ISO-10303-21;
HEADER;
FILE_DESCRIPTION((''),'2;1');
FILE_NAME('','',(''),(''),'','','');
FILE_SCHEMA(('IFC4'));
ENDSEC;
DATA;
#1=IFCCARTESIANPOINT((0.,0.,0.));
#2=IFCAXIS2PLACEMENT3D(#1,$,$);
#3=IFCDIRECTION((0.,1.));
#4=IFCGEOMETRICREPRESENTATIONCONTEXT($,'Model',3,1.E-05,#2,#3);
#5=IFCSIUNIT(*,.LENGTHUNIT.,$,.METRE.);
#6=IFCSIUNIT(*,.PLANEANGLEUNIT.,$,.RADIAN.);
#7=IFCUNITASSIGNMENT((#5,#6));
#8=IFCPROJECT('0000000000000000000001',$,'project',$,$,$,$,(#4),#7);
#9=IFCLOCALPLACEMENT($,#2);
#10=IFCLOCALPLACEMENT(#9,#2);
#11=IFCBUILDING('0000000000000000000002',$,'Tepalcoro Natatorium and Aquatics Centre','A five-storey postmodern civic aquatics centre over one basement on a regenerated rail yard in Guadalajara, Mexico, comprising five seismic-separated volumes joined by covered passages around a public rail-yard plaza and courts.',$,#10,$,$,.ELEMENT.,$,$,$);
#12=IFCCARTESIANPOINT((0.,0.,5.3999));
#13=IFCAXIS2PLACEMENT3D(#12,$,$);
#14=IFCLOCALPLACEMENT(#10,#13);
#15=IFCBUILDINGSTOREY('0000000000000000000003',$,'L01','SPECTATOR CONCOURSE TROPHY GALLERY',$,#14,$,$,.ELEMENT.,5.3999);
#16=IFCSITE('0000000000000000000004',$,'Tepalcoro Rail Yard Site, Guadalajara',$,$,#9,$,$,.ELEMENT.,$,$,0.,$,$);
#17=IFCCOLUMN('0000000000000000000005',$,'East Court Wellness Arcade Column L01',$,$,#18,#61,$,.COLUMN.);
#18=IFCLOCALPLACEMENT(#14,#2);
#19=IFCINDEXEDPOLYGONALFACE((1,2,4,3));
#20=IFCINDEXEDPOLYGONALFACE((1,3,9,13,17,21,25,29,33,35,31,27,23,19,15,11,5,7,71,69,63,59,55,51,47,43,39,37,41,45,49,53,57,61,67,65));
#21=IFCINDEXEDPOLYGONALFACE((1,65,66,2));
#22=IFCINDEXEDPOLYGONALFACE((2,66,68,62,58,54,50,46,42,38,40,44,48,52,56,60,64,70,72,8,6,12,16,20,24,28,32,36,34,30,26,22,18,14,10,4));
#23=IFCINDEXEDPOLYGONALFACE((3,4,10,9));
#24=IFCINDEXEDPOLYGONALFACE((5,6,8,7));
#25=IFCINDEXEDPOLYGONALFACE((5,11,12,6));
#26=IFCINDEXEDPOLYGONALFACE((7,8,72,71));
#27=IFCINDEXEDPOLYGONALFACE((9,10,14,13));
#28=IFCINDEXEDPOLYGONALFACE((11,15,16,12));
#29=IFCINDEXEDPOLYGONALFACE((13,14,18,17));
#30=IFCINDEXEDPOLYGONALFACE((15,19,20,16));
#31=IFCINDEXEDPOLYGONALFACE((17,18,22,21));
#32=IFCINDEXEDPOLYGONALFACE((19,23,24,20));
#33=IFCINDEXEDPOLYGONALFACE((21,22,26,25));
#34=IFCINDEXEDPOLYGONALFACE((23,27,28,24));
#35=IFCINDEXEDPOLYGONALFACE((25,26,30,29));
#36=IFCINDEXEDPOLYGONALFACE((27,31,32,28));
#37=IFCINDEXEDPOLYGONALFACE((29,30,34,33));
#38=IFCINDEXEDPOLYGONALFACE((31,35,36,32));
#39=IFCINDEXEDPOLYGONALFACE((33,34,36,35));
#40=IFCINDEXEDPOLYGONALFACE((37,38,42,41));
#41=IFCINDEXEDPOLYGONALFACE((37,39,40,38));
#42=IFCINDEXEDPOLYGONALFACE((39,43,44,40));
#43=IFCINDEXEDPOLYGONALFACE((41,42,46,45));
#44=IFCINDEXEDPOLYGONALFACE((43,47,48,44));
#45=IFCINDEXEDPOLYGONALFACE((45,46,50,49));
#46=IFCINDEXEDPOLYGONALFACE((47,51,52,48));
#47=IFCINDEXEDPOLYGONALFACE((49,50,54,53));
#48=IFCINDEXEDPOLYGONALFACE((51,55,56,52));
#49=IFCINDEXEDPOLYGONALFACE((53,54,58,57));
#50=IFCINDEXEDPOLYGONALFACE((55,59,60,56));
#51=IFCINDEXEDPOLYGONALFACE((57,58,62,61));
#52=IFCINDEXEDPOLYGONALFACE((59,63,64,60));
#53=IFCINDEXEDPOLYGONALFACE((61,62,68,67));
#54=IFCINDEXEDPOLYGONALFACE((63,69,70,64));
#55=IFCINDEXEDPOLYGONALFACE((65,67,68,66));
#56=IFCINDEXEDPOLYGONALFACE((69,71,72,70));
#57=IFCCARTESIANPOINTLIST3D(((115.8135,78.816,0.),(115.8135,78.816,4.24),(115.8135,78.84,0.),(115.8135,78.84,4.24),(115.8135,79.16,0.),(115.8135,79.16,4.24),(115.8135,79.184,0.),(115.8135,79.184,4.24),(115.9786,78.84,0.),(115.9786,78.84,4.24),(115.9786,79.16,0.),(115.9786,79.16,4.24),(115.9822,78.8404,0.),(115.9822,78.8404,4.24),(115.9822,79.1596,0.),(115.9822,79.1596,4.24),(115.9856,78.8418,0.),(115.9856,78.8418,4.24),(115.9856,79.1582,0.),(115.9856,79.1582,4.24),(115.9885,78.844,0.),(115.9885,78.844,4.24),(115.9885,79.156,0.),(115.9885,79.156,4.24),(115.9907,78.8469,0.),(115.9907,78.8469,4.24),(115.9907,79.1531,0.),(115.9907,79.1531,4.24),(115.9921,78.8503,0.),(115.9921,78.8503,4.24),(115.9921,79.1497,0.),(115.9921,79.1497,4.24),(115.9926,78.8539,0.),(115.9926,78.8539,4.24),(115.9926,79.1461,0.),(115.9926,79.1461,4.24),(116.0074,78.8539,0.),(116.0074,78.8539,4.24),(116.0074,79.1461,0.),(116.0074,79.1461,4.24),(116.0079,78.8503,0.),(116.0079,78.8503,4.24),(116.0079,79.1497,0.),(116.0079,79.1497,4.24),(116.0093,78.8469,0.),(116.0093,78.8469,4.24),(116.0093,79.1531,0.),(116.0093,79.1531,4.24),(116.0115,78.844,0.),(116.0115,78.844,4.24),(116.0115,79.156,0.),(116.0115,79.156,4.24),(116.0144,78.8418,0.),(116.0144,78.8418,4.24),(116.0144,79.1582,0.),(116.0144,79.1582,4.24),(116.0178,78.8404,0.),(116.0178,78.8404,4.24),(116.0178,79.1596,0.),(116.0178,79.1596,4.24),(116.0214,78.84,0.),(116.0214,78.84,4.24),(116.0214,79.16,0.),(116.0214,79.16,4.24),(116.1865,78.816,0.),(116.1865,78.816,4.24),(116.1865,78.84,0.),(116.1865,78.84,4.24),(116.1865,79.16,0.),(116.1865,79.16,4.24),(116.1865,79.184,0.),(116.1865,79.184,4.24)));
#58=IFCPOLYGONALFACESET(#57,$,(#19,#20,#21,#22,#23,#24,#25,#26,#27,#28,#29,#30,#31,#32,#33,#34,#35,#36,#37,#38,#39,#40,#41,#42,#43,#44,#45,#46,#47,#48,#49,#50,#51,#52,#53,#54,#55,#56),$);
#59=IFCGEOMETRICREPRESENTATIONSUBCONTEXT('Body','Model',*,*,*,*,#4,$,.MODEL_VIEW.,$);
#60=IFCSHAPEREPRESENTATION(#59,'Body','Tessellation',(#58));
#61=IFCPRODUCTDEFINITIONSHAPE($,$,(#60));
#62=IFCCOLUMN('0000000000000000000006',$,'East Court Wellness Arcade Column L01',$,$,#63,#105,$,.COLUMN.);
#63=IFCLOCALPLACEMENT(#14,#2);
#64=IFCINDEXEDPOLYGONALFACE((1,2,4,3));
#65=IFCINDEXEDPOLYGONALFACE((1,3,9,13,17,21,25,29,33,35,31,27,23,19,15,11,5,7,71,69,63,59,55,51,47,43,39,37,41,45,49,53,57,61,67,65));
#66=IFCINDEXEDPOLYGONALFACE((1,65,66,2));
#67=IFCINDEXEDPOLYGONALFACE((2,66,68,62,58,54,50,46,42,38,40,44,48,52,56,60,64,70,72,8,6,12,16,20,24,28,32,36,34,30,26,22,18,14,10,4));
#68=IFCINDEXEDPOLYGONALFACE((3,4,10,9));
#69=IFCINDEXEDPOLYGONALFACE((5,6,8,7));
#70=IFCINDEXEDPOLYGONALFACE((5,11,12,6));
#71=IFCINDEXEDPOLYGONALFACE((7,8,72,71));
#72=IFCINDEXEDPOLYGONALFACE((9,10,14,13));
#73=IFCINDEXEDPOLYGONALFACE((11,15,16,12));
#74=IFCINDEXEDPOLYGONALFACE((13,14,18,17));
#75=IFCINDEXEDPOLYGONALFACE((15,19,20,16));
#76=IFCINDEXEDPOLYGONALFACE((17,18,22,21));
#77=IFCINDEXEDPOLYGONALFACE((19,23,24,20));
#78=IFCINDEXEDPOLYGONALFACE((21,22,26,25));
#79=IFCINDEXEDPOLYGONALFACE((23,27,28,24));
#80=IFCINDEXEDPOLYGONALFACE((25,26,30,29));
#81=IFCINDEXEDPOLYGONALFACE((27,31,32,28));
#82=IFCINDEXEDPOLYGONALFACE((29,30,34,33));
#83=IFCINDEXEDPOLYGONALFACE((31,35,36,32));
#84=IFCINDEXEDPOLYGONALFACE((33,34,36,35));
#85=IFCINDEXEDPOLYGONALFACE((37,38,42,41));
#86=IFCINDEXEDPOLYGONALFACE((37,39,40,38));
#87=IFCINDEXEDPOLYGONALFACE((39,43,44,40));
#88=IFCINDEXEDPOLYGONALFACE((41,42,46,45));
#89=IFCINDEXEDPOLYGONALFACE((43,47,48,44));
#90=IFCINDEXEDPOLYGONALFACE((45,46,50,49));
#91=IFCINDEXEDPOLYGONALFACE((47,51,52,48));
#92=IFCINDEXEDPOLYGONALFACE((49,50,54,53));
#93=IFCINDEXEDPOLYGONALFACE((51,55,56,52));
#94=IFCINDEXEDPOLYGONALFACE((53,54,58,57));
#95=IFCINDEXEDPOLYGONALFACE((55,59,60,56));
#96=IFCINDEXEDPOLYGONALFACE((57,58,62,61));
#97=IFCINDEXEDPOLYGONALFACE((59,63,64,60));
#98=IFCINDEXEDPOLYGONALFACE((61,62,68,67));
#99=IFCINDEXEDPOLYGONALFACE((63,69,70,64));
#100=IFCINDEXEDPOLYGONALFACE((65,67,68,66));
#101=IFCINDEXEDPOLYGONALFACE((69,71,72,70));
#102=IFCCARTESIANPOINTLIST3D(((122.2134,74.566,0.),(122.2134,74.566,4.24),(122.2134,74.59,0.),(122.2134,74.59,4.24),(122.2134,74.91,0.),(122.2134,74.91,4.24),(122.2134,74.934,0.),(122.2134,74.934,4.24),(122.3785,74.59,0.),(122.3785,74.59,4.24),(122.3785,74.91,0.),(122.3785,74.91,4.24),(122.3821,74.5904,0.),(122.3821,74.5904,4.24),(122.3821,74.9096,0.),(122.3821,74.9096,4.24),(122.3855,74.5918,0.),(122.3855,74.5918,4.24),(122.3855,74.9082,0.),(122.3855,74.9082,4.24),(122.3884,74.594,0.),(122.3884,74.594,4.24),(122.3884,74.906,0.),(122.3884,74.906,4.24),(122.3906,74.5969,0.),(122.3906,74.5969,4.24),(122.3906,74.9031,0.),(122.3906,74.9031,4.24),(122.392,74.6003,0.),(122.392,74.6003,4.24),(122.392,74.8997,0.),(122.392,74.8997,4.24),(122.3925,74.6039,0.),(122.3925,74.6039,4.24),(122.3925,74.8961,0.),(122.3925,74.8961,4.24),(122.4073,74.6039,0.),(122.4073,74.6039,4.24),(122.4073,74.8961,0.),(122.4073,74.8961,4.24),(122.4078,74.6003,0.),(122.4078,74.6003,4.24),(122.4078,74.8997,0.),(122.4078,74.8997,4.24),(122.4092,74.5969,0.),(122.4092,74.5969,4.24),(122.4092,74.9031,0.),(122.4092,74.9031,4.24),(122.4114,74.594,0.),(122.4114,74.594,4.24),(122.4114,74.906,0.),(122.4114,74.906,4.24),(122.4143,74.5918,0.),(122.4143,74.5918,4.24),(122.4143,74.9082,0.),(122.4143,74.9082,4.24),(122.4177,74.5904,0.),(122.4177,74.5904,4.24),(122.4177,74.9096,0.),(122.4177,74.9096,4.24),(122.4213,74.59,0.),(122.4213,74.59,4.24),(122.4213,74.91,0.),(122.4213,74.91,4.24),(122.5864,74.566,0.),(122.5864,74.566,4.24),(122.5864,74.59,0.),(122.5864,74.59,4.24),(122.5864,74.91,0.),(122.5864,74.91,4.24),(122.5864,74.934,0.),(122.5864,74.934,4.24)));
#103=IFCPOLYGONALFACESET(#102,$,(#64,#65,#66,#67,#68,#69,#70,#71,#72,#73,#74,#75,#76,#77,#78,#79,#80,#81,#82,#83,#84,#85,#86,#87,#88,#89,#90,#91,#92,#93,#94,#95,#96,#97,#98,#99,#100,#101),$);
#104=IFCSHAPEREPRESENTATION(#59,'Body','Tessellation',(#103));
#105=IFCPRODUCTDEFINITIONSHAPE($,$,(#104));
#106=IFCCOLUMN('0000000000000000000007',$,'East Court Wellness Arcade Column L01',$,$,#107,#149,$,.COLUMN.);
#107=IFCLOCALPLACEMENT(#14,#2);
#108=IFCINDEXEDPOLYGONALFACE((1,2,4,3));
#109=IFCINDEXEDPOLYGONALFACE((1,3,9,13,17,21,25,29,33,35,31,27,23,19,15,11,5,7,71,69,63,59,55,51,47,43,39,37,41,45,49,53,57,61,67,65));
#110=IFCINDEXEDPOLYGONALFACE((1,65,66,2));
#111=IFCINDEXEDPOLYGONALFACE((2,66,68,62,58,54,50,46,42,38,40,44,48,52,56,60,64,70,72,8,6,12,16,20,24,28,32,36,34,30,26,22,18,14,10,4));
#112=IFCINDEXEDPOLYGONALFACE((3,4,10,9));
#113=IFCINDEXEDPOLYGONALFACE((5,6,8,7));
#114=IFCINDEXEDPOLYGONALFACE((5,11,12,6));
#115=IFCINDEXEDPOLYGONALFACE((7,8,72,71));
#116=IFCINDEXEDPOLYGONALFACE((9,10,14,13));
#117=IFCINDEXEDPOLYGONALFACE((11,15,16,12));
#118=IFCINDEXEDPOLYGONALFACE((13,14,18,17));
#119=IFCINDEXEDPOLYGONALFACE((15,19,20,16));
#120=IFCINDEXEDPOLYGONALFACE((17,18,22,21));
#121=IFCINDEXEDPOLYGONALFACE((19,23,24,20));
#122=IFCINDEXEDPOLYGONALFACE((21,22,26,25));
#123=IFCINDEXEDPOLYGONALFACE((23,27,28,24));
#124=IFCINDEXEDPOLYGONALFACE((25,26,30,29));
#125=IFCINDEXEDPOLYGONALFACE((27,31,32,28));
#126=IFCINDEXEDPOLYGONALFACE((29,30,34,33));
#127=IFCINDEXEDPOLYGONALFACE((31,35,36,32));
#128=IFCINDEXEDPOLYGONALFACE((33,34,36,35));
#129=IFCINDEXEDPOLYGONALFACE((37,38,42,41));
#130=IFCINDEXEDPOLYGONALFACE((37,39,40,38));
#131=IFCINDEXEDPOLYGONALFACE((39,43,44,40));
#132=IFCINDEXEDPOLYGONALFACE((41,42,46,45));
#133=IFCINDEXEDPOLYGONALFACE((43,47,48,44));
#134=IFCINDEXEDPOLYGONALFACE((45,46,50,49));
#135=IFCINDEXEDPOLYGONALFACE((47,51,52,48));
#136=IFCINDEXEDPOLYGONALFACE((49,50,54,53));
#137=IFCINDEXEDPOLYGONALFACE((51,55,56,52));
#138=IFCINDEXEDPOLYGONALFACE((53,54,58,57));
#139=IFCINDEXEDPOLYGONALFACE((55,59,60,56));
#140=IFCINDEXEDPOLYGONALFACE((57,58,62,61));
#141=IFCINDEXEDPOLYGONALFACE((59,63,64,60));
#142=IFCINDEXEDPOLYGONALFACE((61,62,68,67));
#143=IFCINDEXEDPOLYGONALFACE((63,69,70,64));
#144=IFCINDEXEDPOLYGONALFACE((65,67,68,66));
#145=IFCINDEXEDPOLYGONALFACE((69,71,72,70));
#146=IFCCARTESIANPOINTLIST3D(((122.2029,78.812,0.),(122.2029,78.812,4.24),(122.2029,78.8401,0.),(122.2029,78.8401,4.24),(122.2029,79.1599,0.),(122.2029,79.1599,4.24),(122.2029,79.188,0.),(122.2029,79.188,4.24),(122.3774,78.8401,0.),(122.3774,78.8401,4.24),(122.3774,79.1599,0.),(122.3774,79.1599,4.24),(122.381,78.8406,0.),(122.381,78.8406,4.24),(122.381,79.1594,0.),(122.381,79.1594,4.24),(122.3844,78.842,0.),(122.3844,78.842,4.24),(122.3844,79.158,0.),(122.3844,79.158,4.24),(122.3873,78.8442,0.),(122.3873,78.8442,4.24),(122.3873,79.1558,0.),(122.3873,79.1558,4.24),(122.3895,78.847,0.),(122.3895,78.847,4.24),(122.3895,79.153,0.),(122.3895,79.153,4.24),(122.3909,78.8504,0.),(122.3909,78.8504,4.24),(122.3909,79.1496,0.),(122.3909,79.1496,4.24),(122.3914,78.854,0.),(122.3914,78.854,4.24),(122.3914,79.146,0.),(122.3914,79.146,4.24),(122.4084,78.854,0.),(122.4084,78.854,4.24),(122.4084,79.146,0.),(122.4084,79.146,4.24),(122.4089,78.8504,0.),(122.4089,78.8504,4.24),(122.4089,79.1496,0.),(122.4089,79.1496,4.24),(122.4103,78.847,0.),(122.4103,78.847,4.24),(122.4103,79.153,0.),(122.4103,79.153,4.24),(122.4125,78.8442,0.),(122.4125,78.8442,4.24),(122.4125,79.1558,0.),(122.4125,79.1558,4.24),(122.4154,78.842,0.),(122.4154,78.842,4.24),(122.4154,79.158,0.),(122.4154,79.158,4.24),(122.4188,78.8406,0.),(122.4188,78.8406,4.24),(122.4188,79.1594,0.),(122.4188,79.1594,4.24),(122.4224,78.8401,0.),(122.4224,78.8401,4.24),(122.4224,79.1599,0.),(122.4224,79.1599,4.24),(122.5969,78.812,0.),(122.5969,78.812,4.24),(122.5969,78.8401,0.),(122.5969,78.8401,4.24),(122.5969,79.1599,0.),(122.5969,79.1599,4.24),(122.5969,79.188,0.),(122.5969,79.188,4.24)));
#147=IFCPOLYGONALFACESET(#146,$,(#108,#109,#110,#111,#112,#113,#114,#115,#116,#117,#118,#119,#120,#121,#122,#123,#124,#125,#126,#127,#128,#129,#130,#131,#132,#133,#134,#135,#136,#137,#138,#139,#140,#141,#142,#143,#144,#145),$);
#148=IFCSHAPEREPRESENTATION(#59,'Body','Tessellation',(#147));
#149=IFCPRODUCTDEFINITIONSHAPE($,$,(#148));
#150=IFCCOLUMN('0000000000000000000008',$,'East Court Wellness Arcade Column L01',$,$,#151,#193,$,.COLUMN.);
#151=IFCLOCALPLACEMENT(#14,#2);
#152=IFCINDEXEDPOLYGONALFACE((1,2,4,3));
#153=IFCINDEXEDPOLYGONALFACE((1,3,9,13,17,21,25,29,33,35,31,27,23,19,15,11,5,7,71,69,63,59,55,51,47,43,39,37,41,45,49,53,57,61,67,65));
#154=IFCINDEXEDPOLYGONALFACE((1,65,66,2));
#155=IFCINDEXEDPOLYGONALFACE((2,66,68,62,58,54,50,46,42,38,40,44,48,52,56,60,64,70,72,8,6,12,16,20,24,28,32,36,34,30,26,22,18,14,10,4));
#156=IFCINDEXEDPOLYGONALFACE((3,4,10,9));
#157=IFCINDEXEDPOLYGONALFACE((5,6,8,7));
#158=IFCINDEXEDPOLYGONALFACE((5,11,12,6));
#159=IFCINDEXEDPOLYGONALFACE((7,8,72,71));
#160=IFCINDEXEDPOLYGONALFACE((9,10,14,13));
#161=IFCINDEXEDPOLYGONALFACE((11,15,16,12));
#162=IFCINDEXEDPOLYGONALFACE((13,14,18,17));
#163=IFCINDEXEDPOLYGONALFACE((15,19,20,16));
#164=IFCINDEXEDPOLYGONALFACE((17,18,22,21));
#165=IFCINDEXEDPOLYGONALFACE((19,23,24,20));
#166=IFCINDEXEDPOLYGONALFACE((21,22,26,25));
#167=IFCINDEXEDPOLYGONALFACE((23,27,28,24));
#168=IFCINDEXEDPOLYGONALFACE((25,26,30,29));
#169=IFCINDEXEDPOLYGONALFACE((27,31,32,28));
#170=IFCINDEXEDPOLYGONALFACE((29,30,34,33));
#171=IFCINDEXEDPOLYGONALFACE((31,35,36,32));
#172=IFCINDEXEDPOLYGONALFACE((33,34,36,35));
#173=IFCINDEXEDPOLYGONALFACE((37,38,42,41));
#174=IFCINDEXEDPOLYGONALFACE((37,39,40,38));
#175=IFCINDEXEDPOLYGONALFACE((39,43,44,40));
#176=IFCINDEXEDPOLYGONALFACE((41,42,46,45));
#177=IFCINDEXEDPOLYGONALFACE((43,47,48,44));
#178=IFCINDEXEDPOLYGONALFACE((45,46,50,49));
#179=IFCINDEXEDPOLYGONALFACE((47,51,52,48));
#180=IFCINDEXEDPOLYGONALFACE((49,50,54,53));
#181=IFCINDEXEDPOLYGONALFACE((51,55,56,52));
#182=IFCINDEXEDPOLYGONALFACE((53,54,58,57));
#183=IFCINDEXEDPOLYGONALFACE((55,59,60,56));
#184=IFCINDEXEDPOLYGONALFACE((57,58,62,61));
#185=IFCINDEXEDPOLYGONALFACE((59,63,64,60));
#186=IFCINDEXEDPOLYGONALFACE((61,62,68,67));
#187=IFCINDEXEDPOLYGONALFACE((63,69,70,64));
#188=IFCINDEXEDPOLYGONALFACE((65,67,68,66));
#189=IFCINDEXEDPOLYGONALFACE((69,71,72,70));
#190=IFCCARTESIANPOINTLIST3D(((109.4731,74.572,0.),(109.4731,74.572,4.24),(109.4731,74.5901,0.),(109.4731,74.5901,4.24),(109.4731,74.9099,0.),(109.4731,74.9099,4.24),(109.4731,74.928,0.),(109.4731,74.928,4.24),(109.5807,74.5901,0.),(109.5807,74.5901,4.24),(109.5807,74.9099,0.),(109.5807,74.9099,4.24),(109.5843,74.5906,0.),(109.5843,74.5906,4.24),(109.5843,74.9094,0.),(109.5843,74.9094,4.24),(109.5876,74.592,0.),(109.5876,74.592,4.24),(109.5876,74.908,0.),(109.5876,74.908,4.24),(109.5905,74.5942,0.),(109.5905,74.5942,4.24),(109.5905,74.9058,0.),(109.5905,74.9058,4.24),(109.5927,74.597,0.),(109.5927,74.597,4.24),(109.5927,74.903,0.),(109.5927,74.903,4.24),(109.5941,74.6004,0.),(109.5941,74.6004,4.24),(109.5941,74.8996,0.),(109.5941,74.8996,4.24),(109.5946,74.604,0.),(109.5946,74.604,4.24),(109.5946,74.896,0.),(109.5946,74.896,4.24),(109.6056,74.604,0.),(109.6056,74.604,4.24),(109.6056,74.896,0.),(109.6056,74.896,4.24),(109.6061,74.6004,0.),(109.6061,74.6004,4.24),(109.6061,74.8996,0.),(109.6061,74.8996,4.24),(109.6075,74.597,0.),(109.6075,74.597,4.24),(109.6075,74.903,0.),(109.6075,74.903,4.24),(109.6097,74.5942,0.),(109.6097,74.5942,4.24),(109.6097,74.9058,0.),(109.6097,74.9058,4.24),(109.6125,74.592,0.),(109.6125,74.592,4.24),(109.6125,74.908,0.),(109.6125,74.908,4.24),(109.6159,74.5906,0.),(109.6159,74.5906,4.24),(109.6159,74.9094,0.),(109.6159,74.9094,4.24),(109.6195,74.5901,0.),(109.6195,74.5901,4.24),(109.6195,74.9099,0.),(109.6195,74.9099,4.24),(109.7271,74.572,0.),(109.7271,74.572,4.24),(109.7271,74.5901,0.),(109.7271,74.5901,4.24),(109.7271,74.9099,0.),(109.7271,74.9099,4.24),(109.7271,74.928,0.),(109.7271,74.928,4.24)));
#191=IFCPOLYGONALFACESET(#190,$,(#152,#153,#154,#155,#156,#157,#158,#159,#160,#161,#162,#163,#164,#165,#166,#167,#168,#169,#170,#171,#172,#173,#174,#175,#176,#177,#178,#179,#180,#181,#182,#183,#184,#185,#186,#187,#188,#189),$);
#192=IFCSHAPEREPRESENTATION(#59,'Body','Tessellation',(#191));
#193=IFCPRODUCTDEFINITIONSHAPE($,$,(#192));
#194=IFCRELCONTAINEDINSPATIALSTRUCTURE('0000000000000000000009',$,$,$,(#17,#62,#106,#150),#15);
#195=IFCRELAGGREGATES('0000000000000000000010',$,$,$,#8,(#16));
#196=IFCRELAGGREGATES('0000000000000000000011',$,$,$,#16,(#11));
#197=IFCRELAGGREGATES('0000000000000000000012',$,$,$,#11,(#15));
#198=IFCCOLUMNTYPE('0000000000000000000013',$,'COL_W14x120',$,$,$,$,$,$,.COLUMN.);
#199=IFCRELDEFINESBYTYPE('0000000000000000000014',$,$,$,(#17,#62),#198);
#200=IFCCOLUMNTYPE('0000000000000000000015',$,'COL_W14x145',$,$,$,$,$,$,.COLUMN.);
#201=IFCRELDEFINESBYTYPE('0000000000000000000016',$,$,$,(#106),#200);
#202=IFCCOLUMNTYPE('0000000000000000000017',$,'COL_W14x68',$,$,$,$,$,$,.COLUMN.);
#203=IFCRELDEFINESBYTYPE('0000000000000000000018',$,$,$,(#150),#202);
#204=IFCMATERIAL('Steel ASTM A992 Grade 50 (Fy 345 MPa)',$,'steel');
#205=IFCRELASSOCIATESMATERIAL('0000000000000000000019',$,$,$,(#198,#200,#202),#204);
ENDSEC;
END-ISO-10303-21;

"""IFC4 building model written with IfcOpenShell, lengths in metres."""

from ifc_helpers import new_model, si_unit, direction, frame, origin, origin_2d, place, context, subcontext, project, spatial, i_section, extrude, material, material_profile, profile_set, type_object, element, save


model = new_model("IFC4")

# Units and contexts
model_context = context("Model", 3, precision=1e-05, world=origin(), true_north=direction((0.0, 1.0)))
body_context = subcontext(model_context, "Body", "Model", "MODEL_VIEW")
ifc_project = project(units=[si_unit("LENGTHUNIT", "METRE"), si_unit("PLANEANGLEUNIT", "RADIAN")], contexts=[model_context])

# Site, building, storey
site_placement = place(None, origin())
site = spatial("IfcSite", under=ifc_project, at=site_placement, Name="Tepalcoro Rail Yard Site, Guadalajara", CompositionType="ELEMENT", RefElevation=0.0)
building_placement = place(site_placement, origin())
building = spatial("IfcBuilding", under=site, at=building_placement, Name="Tepalcoro Natatorium and Aquatics Centre", Description="A five-storey postmodern civic aquatics centre over one basement on a regenerated rail yard in Guadalajara, Mexico, comprising five seismic-separated volumes joined by covered passages around a public rail-yard plaza and courts.", CompositionType="ELEMENT")
storey_placement = place(building_placement, frame((0.0, 0.0, 5.3999)))
storey = spatial("IfcBuildingStorey", under=building, at=storey_placement, Name="L01", Description="SPECTATOR CONCOURSE TROPHY GALLERY", CompositionType="ELEMENT", Elevation=5.3999)

# Columns
ifc_material_1 = material(Name="Steel ASTM A992 Grade 50 (Fy 345 MPa)", Category="steel")
ifc_material_profile_1 = material_profile(ifc_material_1, i_section(OverallWidth=0.373, OverallDepth=0.3679, WebThickness=0.0149, FlangeThickness=0.0239, FilletRadius=0.0139, at=origin_2d()), Name="W14X120")
ifc_profile_set_1 = profile_set([ifc_material_profile_1], Name="Steel ASTM A992 Grade 50 (Fy 345 MPa)")
column_type_1 = type_object("IfcColumnType", Name="COL_W14x120", PredefinedType="COLUMN", material=ifc_profile_set_1)
for number, where, z_axis, x_axis, name in (
    (1, (116.0, 79.0, 0.0), (0.0, 0.0, 1.0), (1.0, 0.0, 0.0), "East Court Wellness Arcade Column L01"),
    (2, (122.3999, 74.75, 0.0), (0.0, 0.0, 1.0), (1.0, 0.0, 0.0), "East Court Wellness Arcade Column L01"),
):
    element("IfcColumn", number, at=place(storey_placement, frame(where, z_axis=z_axis, x_axis=x_axis)), inside=storey, type_object=column_type_1, Name=name, PredefinedType="COLUMN", context=body_context, shape_type="SweptSolid", body=[
        extrude(i_section(OverallWidth=0.373, OverallDepth=0.3679, WebThickness=0.0149, FlangeThickness=0.0239, FilletRadius=0.0139, at=origin_2d()), origin(), (0.0, 0.0, 1.0), 4.24),
    ])
ifc_material_profile_2 = material_profile(ifc_material_1, i_section(OverallWidth=0.394, OverallDepth=0.376, WebThickness=0.0171, FlangeThickness=0.0281, FilletRadius=0.0139, at=origin_2d()), Name="W14X145")
ifc_profile_set_2 = profile_set([ifc_material_profile_2], Name="Steel ASTM A992 Grade 50 (Fy 345 MPa)")
column_type_2 = type_object("IfcColumnType", Name="COL_W14x145", PredefinedType="COLUMN", material=ifc_profile_set_2)
column_1_placement = place(storey_placement, frame((122.3999, 79.0, 0.0), z_axis=(0.0, 0.0, 1.0), x_axis=(1.0, 0.0, 0.0)))
element("IfcColumn", 3, at=column_1_placement, inside=storey, type_object=column_type_2, Name="East Court Wellness Arcade Column L01", PredefinedType="COLUMN", context=body_context, shape_type="SweptSolid", body=[
    extrude(i_section(OverallWidth=0.394, OverallDepth=0.376, WebThickness=0.0171, FlangeThickness=0.0281, FilletRadius=0.0139, at=origin_2d()), origin(), (0.0, 0.0, 1.0), 4.24),
])
ifc_material_profile_3 = material_profile(ifc_material_1, i_section(OverallWidth=0.2539, OverallDepth=0.356, WebThickness=0.011, FlangeThickness=0.0181, FilletRadius=0.0139, at=origin_2d()), Name="W14X68")
ifc_profile_set_3 = profile_set([ifc_material_profile_3], Name="Steel ASTM A992 Grade 50 (Fy 345 MPa)")
column_type_3 = type_object("IfcColumnType", Name="COL_W14x68", PredefinedType="COLUMN", material=ifc_profile_set_3)
column_2_placement = place(storey_placement, frame((109.6001, 74.75, 0.0), z_axis=(0.0, 0.0, 1.0), x_axis=(1.0, 0.0, 0.0)))
element("IfcColumn", 4, at=column_2_placement, inside=storey, type_object=column_type_3, Name="East Court Wellness Arcade Column L01", PredefinedType="COLUMN", context=body_context, shape_type="SweptSolid", body=[
    extrude(i_section(OverallWidth=0.2539, OverallDepth=0.356, WebThickness=0.011, FlangeThickness=0.0181, FilletRadius=0.0139, at=origin_2d()), origin(), (0.0, 0.0, 1.0), 4.24),
])

save(model, "model.ifc")
